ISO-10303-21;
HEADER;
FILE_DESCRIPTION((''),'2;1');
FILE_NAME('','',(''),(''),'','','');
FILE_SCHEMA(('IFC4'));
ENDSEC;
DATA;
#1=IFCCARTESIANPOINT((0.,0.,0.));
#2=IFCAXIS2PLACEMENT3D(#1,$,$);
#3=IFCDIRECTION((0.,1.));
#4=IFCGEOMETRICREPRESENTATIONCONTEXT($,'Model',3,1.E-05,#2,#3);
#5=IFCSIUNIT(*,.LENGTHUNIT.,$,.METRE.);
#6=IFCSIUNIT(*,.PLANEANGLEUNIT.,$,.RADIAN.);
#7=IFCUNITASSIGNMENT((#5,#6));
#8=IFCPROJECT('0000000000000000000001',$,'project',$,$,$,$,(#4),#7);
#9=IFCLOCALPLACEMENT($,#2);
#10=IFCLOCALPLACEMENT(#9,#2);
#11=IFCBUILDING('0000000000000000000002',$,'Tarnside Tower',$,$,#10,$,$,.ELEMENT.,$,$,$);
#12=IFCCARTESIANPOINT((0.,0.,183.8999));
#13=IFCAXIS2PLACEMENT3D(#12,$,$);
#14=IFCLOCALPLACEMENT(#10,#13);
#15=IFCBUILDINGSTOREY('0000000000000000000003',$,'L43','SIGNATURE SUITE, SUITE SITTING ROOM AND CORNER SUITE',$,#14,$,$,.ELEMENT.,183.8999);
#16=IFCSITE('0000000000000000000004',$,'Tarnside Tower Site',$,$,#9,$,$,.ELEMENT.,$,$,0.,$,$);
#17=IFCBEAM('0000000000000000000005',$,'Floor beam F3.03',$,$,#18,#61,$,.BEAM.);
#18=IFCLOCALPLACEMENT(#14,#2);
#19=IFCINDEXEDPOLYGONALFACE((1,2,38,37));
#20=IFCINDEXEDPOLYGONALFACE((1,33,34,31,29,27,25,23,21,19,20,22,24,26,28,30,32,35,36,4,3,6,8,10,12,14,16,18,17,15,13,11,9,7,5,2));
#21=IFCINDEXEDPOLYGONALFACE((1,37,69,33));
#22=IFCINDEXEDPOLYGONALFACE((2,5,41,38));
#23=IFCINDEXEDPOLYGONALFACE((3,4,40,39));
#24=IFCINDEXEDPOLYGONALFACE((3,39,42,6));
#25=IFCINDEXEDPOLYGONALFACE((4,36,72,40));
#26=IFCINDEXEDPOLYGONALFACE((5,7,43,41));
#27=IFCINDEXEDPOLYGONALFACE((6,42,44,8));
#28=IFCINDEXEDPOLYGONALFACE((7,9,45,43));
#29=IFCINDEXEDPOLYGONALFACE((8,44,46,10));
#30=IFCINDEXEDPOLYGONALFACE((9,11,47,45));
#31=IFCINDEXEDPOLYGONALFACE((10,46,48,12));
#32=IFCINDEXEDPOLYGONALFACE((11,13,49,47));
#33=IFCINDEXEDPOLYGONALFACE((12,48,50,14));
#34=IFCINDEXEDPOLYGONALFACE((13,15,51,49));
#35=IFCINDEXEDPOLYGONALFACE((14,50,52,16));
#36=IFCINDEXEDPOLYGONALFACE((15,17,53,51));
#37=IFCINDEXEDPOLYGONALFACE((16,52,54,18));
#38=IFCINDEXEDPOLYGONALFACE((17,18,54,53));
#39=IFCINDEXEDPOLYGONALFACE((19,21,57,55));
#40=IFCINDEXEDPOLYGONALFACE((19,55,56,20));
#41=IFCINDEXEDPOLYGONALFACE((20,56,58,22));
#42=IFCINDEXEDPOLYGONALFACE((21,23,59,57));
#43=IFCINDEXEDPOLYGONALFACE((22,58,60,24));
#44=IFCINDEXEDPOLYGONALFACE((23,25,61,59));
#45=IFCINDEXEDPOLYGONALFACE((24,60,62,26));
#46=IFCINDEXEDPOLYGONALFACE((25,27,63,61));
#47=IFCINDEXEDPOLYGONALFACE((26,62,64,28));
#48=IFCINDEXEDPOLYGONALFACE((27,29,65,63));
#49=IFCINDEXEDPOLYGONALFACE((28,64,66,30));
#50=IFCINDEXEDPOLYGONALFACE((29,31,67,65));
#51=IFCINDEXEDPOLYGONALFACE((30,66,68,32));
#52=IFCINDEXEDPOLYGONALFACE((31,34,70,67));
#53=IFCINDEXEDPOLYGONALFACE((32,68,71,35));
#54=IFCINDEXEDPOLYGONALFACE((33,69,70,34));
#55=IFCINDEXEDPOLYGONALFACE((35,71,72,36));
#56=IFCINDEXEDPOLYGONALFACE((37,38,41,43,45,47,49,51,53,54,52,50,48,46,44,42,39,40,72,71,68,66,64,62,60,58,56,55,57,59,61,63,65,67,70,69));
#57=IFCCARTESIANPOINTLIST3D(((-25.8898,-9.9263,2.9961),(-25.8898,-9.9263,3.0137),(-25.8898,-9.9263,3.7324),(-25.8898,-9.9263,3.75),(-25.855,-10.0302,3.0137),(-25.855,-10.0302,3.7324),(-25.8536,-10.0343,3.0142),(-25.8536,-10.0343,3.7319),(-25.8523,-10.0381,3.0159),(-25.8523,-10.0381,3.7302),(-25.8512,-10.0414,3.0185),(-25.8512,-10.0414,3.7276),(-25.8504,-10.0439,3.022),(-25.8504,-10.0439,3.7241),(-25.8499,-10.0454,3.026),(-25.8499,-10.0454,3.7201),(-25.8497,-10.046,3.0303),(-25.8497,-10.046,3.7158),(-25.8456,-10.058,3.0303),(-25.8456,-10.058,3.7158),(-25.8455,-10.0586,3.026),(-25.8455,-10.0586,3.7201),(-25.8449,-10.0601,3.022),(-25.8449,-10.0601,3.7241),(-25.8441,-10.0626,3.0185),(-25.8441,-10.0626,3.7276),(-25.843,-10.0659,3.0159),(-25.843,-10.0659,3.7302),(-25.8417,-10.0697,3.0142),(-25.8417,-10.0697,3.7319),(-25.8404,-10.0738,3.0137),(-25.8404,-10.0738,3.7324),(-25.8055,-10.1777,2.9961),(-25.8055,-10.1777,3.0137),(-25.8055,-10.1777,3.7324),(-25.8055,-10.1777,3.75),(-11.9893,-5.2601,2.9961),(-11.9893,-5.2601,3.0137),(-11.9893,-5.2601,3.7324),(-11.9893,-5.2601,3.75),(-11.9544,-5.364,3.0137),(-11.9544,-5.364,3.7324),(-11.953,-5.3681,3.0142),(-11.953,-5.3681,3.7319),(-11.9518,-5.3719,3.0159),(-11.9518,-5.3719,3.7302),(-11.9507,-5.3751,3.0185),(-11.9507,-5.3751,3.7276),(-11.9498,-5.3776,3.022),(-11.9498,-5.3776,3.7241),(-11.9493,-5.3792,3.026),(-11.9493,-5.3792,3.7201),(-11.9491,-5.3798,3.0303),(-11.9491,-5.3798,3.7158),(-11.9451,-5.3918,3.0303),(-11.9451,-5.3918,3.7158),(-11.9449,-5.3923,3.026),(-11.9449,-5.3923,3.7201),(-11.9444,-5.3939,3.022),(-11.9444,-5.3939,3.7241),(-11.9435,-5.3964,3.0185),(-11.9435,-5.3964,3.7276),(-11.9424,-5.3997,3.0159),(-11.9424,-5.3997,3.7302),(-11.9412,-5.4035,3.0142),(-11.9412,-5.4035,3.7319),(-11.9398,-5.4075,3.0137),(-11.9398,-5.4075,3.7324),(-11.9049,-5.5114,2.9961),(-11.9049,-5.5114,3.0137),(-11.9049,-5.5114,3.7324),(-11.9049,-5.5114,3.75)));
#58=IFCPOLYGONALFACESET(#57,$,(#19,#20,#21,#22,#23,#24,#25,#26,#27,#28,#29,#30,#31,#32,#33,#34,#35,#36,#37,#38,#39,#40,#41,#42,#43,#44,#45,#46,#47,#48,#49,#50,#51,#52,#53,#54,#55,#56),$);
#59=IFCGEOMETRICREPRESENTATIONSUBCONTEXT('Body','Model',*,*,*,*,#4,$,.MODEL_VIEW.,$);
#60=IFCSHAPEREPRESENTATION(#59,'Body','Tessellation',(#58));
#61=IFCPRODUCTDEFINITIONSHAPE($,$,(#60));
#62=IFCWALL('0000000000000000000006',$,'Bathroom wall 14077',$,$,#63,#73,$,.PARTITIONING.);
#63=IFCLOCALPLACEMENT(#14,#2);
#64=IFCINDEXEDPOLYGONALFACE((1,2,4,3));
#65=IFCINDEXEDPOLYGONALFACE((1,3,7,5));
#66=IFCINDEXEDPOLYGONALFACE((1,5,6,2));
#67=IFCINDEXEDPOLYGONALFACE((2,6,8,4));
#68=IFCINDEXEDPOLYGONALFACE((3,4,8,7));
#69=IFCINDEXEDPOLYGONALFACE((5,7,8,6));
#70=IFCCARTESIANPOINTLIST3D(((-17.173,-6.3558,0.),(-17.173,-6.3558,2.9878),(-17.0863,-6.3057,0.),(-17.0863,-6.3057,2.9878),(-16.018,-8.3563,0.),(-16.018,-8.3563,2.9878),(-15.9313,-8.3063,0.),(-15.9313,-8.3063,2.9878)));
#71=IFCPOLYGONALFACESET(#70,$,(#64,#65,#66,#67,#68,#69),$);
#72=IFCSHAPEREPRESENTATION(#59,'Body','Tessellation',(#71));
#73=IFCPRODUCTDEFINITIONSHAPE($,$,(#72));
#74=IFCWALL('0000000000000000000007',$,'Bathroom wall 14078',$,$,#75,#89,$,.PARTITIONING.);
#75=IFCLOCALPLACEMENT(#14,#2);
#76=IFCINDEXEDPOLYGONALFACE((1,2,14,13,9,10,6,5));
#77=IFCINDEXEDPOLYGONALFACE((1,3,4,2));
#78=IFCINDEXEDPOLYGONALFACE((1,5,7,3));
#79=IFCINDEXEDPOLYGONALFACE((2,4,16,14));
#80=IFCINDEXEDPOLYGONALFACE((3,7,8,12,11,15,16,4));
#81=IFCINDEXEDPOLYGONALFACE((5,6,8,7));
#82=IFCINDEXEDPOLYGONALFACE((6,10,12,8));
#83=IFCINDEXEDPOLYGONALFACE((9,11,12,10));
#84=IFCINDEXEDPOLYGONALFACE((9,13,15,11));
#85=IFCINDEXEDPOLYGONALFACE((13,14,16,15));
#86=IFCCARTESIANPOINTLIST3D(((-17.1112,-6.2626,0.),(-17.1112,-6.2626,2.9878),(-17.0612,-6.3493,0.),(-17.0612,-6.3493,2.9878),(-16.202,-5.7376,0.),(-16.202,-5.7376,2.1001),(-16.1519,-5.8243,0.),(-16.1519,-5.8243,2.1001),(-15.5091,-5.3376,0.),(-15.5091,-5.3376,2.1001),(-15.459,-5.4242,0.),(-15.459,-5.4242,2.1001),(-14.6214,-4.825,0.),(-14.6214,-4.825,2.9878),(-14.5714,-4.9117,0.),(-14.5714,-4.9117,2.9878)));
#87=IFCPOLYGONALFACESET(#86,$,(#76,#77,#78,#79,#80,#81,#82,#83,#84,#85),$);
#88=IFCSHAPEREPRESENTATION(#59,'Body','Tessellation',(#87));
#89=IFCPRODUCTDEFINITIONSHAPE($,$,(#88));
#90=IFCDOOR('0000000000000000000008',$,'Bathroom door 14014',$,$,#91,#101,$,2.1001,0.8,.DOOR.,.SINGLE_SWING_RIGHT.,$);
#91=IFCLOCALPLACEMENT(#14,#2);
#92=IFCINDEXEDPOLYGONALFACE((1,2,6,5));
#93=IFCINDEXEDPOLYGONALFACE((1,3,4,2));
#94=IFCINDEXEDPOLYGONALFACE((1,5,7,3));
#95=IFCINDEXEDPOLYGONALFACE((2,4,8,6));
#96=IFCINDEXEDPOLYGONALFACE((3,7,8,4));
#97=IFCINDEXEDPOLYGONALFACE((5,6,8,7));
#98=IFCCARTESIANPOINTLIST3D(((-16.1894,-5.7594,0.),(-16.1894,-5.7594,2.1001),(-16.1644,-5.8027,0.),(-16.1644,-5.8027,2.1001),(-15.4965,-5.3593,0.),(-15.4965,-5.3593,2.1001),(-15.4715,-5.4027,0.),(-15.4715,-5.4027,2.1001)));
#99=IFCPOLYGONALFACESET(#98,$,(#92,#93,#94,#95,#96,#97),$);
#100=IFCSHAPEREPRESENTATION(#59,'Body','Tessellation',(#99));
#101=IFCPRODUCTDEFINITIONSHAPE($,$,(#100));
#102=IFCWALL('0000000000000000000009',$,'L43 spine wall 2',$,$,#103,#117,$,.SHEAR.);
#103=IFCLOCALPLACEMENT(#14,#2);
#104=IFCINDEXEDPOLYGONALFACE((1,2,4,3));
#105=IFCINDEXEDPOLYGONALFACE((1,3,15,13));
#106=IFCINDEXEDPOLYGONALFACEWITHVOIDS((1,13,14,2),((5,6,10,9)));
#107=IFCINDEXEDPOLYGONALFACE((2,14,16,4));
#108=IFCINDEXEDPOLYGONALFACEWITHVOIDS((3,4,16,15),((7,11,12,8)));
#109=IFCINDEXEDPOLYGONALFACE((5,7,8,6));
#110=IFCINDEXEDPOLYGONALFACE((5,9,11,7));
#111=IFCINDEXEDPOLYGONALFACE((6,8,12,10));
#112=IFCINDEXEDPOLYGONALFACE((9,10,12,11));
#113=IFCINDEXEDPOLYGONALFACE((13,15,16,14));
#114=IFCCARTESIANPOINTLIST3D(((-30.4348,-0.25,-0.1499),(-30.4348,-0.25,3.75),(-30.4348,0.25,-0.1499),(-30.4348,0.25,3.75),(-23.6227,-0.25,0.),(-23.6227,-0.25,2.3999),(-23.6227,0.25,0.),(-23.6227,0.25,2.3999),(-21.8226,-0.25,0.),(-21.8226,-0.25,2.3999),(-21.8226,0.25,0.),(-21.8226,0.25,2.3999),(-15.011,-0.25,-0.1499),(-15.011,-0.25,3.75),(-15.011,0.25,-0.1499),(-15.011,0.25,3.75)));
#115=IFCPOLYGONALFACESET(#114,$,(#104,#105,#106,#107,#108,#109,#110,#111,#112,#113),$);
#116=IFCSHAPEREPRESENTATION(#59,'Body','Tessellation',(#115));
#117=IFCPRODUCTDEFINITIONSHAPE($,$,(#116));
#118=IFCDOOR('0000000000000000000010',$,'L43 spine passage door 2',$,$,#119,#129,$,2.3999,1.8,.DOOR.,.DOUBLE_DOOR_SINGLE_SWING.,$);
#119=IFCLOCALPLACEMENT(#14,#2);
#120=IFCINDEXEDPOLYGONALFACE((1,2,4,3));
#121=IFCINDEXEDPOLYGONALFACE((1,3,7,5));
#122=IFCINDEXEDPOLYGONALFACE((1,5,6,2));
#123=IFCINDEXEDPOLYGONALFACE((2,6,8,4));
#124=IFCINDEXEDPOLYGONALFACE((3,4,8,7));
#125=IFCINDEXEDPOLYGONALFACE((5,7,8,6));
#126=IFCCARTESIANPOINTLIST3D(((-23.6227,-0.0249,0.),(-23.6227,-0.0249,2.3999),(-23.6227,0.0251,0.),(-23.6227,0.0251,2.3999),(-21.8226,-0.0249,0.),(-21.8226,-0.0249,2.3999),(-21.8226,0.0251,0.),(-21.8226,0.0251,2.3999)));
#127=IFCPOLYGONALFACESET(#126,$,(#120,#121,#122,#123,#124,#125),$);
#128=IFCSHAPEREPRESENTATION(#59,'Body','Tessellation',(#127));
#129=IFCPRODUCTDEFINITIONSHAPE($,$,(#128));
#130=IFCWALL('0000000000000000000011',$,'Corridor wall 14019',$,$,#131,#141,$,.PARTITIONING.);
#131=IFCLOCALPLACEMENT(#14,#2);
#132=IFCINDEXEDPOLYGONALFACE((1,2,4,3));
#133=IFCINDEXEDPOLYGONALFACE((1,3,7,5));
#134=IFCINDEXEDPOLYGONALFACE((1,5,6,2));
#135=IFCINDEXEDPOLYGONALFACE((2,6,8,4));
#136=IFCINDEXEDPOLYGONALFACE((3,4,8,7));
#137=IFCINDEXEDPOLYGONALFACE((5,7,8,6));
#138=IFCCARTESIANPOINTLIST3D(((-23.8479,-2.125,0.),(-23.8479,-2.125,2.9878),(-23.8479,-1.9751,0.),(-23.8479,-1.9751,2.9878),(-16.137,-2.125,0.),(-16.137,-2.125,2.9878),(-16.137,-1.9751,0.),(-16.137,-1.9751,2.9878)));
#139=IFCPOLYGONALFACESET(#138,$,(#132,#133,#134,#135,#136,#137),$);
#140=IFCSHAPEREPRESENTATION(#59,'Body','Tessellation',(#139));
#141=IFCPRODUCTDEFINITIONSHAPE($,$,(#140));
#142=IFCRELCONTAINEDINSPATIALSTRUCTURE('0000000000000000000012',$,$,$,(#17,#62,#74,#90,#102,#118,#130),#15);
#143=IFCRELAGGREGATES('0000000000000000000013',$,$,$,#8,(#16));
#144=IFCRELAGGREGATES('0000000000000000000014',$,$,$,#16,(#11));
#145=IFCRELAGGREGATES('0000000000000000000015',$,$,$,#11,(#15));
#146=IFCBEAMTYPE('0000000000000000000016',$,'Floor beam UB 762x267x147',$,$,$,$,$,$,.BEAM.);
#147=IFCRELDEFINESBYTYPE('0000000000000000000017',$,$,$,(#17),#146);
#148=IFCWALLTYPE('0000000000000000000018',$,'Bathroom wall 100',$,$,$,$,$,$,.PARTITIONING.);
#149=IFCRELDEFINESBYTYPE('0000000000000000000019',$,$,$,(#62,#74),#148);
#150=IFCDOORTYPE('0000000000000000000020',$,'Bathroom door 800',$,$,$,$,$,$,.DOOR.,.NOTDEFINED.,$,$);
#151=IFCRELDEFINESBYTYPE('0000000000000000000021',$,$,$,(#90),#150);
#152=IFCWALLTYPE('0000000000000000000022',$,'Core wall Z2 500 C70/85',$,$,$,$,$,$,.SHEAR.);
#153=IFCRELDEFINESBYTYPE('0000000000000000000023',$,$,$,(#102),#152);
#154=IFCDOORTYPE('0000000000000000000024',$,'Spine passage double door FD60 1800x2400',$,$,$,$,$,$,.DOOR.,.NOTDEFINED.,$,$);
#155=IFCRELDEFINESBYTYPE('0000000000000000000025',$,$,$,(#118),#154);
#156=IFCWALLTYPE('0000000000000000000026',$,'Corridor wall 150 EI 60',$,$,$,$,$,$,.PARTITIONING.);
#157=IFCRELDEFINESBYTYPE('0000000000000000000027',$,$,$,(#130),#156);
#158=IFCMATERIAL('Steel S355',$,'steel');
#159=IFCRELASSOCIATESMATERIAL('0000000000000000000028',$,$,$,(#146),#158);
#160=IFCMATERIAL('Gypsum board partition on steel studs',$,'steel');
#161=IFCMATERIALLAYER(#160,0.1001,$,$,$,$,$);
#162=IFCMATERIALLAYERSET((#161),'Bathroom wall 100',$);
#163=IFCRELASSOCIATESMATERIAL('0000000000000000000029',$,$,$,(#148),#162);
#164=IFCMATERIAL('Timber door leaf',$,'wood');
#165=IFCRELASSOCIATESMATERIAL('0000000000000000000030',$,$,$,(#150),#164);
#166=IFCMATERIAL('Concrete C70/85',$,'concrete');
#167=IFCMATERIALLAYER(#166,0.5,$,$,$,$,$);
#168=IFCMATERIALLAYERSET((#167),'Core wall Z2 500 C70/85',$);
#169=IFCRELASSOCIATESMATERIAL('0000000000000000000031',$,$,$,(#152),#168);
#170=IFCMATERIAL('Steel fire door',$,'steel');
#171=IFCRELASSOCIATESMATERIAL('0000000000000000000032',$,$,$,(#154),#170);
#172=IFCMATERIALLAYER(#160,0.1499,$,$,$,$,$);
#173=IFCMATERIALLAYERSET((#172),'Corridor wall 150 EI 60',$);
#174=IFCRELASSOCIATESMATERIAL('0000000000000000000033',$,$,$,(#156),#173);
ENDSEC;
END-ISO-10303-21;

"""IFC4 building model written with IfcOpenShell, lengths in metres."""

from ifc_helpers import new_model, si_unit, direction, frame, frame_2d, origin, origin_2d, place, context, subcontext, project, spatial, rectangle, i_section, extrude, material, layer, layer_set, material_profile, profile_set, type_object, element, fill, save


model = new_model("IFC4")

# Units and contexts
model_context = context("Model", 3, precision=1e-05, world=origin(), true_north=direction((0.0, 1.0)))
body_context = subcontext(model_context, "Body", "Model", "MODEL_VIEW")
ifc_project = project(units=[si_unit("LENGTHUNIT", "METRE"), si_unit("PLANEANGLEUNIT", "RADIAN")], contexts=[model_context])

# Site, building, storey
site_placement = place(None, origin())
site = spatial("IfcSite", under=ifc_project, at=site_placement, Name="Tarnside Tower Site", CompositionType="ELEMENT", RefElevation=0.0)
building_placement = place(site_placement, origin())
building = spatial("IfcBuilding", under=site, at=building_placement, Name="Tarnside Tower", CompositionType="ELEMENT")
storey_placement = place(building_placement, frame((0.0, 0.0, 183.8999)))
storey = spatial("IfcBuildingStorey", under=building, at=storey_placement, Name="L43", Description="SIGNATURE SUITE, SUITE SITTING ROOM AND CORNER SUITE", CompositionType="ELEMENT", Elevation=183.8999)

# Beam
ifc_material_1 = material(Name="Steel S355", Category="steel")
ifc_material_profile = material_profile(ifc_material_1, i_section(OverallWidth=0.2651, OverallDepth=0.7539, WebThickness=0.0127, FlangeThickness=0.0176, FilletRadius=0.0166, at=origin_2d()), Name="UB 762x267x147")
ifc_profile_set = profile_set([ifc_material_profile], Name="Steel S355")
beam_type = type_object("IfcBeamType", Name="Floor beam UB 762x267x147", PredefinedType="BEAM", material=ifc_profile_set)
beam_placement = place(storey_placement, frame((-25.8477, -10.052, 3.373), z_axis=(0.948012, 0.318235, 0.0), x_axis=(-0.318235, 0.948012, 0.0)))
element("IfcBeam", 1, at=beam_placement, inside=storey, type_object=beam_type, Name="Floor beam F3.03", PredefinedType="BEAM", context=body_context, shape_type="SweptSolid", body=[
    extrude(i_section(OverallWidth=0.2651, OverallDepth=0.7539, WebThickness=0.0127, FlangeThickness=0.0176, FilletRadius=0.0166, at=origin_2d()), origin(), (0.0, 0.0, 1.0), 14.6628),
])

# Wall
ifc_material_2 = material(Name="Gypsum board partition on steel studs", Category="steel")
ifc_layer_1 = layer(ifc_material_2, 0.1001)
ifc_layer_set_1 = layer_set([ifc_layer_1], Name="Bathroom wall 100")
wall_type_1 = type_object("IfcWallType", Name="Bathroom wall 100", PredefinedType="PARTITIONING", material=ifc_layer_set_1)
wall_1_placement = place(storey_placement, frame((-15.9746, -8.3313, 0.0), z_axis=(0.0, 0.0, 1.0), x_axis=(-0.500015, 0.866017, 0.0)))
element("IfcWall", 2, at=wall_1_placement, inside=storey, type_object=wall_type_1, Name="Bathroom wall 14077", PredefinedType="PARTITIONING", context=body_context, shape_type="SweptSolid", body=[
    extrude(rectangle(XDim=2.3101, YDim=0.1001, at=frame_2d((1.155, 0.0))), origin(), (0.0, 0.0, 1.0), 2.9878),
])

# Walls, openings, doors
wall_2_placement = place(storey_placement, frame((-17.0862, -6.3059, 0.0), z_axis=(0.0, 0.0, 1.0), x_axis=(0.866019, 0.500012, 0.0)))
wall_2 = element("IfcWall", 3, at=wall_2_placement, inside=storey, type_object=wall_type_1, Name="Bathroom wall 14078", PredefinedType="PARTITIONING", context=body_context, shape_type="SweptSolid", body=[
    extrude(rectangle(XDim=2.875, YDim=0.1001, at=frame_2d((1.4375, 0.0))), origin(), (0.0, 0.0, 1.0), 2.9878),
])
opening_1_placement = place(wall_2_placement, frame((1.05, 0.0, 0.0)))
opening_1 = element("IfcOpeningElement", 4, at=opening_1_placement, cuts=wall_2, PredefinedType="OPENING", context=body_context, shape_type="SweptSolid", body=[
    extrude(rectangle(XDim=0.8, YDim=2.1001, at=frame_2d((0.3999, 1.05))), frame((0.0, 0.0601, 0.0), z_axis=(0.0, -1.0, 0.0), x_axis=(1.0, 0.0, 0.0)), (0.0, 0.0, 1.0), 0.1201),
])
ifc_material_3 = material(Name="Timber door leaf", Category="wood")
door_type_1 = type_object("IfcDoorType", Name="Bathroom door 800", OperationType="NOTDEFINED", PredefinedType="DOOR", material=ifc_material_3)
door_1_placement = place(opening_1_placement, origin())
door_1 = element("IfcDoor", 5, at=door_1_placement, inside=storey, type_object=door_type_1, Name="Bathroom door 14014", OperationType="SINGLE_SWING_RIGHT", OverallHeight=2.1001, OverallWidth=0.8, PredefinedType="DOOR", context=body_context, shape_type="SweptSolid", body=[
    extrude(rectangle(XDim=0.8, YDim=2.1001, at=frame_2d((0.3999, 1.05))), frame((0.0, 0.0249, 0.0), z_axis=(0.0, -1.0, 0.0), x_axis=(1.0, 0.0, 0.0)), (0.0, 0.0, 1.0), 0.05),
])
fill(opening_1, door_1)
ifc_material_4 = material(Name="Concrete C70/85", Category="concrete")
ifc_layer_2 = layer(ifc_material_4, 0.5)
ifc_layer_set_2 = layer_set([ifc_layer_2], Name="Core wall Z2 500 C70/85")
wall_type_2 = type_object("IfcWallType", Name="Core wall Z2 500 C70/85", PredefinedType="SHEAR", material=ifc_layer_set_2)
wall_3_placement = place(storey_placement, frame((-15.011, 0.0, -0.1499), z_axis=(0.0, 0.0, 1.0), x_axis=(-1.0, 0.0, 0.0)))
wall_3 = element("IfcWall", 6, at=wall_3_placement, inside=storey, type_object=wall_type_2, Name="L43 spine wall 2", PredefinedType="SHEAR", context=body_context, shape_type="SweptSolid", body=[
    extrude(rectangle(XDim=15.4238, YDim=0.5, at=frame_2d((7.7119, 0.0))), origin(), (0.0, 0.0, 1.0), 3.8999),
])
opening_2_placement = place(wall_3_placement, frame((6.8118, 0.0, 0.1499)))
opening_2 = element("IfcOpeningElement", 7, at=opening_2_placement, cuts=wall_3, PredefinedType="OPENING", context=body_context, shape_type="SweptSolid", body=[
    extrude(rectangle(XDim=1.8, YDim=2.3999, at=frame_2d((0.8999, 1.2))), frame((0.0, 0.26, 0.0), z_axis=(0.0, -1.0, 0.0), x_axis=(1.0, 0.0, 0.0)), (0.0, 0.0, 1.0), 0.52),
])
ifc_material_5 = material(Name="Steel fire door", Category="steel")
door_type_2 = type_object("IfcDoorType", Name="Spine passage double door FD60 1800x2400", OperationType="NOTDEFINED", PredefinedType="DOOR", material=ifc_material_5)
door_2_placement = place(opening_2_placement, origin())
door_2 = element("IfcDoor", 8, at=door_2_placement, inside=storey, type_object=door_type_2, Name="L43 spine passage door 2", OperationType="DOUBLE_DOOR_SINGLE_SWING", OverallHeight=2.3999, OverallWidth=1.8, PredefinedType="DOOR", context=body_context, shape_type="SweptSolid", body=[
    extrude(rectangle(XDim=1.8, YDim=2.3999, at=frame_2d((0.8999, 1.2))), frame((0.0, 0.0249, 0.0), z_axis=(0.0, -1.0, 0.0), x_axis=(1.0, 0.0, 0.0)), (0.0, 0.0, 1.0), 0.05),
])
fill(opening_2, door_2)

# Wall
ifc_layer_3 = layer(ifc_material_2, 0.1499)
ifc_layer_set_3 = layer_set([ifc_layer_3], Name="Corridor wall 150 EI 60")
wall_type_3 = type_object("IfcWallType", Name="Corridor wall 150 EI 60", PredefinedType="PARTITIONING", material=ifc_layer_set_3)
wall_4_placement = place(storey_placement, frame((-23.8479, -2.05, 0.0), z_axis=(0.0, 0.0, 1.0), x_axis=(1.0, 0.0, 0.0)))
element("IfcWall", 9, at=wall_4_placement, inside=storey, type_object=wall_type_3, Name="Corridor wall 14019", PredefinedType="PARTITIONING", context=body_context, shape_type="SweptSolid", body=[
    extrude(rectangle(XDim=7.7109, YDim=0.1499, at=frame_2d((3.8555, 0.0))), origin(), (0.0, 0.0, 1.0), 2.9878),
])

save(model, "model.ifc")
